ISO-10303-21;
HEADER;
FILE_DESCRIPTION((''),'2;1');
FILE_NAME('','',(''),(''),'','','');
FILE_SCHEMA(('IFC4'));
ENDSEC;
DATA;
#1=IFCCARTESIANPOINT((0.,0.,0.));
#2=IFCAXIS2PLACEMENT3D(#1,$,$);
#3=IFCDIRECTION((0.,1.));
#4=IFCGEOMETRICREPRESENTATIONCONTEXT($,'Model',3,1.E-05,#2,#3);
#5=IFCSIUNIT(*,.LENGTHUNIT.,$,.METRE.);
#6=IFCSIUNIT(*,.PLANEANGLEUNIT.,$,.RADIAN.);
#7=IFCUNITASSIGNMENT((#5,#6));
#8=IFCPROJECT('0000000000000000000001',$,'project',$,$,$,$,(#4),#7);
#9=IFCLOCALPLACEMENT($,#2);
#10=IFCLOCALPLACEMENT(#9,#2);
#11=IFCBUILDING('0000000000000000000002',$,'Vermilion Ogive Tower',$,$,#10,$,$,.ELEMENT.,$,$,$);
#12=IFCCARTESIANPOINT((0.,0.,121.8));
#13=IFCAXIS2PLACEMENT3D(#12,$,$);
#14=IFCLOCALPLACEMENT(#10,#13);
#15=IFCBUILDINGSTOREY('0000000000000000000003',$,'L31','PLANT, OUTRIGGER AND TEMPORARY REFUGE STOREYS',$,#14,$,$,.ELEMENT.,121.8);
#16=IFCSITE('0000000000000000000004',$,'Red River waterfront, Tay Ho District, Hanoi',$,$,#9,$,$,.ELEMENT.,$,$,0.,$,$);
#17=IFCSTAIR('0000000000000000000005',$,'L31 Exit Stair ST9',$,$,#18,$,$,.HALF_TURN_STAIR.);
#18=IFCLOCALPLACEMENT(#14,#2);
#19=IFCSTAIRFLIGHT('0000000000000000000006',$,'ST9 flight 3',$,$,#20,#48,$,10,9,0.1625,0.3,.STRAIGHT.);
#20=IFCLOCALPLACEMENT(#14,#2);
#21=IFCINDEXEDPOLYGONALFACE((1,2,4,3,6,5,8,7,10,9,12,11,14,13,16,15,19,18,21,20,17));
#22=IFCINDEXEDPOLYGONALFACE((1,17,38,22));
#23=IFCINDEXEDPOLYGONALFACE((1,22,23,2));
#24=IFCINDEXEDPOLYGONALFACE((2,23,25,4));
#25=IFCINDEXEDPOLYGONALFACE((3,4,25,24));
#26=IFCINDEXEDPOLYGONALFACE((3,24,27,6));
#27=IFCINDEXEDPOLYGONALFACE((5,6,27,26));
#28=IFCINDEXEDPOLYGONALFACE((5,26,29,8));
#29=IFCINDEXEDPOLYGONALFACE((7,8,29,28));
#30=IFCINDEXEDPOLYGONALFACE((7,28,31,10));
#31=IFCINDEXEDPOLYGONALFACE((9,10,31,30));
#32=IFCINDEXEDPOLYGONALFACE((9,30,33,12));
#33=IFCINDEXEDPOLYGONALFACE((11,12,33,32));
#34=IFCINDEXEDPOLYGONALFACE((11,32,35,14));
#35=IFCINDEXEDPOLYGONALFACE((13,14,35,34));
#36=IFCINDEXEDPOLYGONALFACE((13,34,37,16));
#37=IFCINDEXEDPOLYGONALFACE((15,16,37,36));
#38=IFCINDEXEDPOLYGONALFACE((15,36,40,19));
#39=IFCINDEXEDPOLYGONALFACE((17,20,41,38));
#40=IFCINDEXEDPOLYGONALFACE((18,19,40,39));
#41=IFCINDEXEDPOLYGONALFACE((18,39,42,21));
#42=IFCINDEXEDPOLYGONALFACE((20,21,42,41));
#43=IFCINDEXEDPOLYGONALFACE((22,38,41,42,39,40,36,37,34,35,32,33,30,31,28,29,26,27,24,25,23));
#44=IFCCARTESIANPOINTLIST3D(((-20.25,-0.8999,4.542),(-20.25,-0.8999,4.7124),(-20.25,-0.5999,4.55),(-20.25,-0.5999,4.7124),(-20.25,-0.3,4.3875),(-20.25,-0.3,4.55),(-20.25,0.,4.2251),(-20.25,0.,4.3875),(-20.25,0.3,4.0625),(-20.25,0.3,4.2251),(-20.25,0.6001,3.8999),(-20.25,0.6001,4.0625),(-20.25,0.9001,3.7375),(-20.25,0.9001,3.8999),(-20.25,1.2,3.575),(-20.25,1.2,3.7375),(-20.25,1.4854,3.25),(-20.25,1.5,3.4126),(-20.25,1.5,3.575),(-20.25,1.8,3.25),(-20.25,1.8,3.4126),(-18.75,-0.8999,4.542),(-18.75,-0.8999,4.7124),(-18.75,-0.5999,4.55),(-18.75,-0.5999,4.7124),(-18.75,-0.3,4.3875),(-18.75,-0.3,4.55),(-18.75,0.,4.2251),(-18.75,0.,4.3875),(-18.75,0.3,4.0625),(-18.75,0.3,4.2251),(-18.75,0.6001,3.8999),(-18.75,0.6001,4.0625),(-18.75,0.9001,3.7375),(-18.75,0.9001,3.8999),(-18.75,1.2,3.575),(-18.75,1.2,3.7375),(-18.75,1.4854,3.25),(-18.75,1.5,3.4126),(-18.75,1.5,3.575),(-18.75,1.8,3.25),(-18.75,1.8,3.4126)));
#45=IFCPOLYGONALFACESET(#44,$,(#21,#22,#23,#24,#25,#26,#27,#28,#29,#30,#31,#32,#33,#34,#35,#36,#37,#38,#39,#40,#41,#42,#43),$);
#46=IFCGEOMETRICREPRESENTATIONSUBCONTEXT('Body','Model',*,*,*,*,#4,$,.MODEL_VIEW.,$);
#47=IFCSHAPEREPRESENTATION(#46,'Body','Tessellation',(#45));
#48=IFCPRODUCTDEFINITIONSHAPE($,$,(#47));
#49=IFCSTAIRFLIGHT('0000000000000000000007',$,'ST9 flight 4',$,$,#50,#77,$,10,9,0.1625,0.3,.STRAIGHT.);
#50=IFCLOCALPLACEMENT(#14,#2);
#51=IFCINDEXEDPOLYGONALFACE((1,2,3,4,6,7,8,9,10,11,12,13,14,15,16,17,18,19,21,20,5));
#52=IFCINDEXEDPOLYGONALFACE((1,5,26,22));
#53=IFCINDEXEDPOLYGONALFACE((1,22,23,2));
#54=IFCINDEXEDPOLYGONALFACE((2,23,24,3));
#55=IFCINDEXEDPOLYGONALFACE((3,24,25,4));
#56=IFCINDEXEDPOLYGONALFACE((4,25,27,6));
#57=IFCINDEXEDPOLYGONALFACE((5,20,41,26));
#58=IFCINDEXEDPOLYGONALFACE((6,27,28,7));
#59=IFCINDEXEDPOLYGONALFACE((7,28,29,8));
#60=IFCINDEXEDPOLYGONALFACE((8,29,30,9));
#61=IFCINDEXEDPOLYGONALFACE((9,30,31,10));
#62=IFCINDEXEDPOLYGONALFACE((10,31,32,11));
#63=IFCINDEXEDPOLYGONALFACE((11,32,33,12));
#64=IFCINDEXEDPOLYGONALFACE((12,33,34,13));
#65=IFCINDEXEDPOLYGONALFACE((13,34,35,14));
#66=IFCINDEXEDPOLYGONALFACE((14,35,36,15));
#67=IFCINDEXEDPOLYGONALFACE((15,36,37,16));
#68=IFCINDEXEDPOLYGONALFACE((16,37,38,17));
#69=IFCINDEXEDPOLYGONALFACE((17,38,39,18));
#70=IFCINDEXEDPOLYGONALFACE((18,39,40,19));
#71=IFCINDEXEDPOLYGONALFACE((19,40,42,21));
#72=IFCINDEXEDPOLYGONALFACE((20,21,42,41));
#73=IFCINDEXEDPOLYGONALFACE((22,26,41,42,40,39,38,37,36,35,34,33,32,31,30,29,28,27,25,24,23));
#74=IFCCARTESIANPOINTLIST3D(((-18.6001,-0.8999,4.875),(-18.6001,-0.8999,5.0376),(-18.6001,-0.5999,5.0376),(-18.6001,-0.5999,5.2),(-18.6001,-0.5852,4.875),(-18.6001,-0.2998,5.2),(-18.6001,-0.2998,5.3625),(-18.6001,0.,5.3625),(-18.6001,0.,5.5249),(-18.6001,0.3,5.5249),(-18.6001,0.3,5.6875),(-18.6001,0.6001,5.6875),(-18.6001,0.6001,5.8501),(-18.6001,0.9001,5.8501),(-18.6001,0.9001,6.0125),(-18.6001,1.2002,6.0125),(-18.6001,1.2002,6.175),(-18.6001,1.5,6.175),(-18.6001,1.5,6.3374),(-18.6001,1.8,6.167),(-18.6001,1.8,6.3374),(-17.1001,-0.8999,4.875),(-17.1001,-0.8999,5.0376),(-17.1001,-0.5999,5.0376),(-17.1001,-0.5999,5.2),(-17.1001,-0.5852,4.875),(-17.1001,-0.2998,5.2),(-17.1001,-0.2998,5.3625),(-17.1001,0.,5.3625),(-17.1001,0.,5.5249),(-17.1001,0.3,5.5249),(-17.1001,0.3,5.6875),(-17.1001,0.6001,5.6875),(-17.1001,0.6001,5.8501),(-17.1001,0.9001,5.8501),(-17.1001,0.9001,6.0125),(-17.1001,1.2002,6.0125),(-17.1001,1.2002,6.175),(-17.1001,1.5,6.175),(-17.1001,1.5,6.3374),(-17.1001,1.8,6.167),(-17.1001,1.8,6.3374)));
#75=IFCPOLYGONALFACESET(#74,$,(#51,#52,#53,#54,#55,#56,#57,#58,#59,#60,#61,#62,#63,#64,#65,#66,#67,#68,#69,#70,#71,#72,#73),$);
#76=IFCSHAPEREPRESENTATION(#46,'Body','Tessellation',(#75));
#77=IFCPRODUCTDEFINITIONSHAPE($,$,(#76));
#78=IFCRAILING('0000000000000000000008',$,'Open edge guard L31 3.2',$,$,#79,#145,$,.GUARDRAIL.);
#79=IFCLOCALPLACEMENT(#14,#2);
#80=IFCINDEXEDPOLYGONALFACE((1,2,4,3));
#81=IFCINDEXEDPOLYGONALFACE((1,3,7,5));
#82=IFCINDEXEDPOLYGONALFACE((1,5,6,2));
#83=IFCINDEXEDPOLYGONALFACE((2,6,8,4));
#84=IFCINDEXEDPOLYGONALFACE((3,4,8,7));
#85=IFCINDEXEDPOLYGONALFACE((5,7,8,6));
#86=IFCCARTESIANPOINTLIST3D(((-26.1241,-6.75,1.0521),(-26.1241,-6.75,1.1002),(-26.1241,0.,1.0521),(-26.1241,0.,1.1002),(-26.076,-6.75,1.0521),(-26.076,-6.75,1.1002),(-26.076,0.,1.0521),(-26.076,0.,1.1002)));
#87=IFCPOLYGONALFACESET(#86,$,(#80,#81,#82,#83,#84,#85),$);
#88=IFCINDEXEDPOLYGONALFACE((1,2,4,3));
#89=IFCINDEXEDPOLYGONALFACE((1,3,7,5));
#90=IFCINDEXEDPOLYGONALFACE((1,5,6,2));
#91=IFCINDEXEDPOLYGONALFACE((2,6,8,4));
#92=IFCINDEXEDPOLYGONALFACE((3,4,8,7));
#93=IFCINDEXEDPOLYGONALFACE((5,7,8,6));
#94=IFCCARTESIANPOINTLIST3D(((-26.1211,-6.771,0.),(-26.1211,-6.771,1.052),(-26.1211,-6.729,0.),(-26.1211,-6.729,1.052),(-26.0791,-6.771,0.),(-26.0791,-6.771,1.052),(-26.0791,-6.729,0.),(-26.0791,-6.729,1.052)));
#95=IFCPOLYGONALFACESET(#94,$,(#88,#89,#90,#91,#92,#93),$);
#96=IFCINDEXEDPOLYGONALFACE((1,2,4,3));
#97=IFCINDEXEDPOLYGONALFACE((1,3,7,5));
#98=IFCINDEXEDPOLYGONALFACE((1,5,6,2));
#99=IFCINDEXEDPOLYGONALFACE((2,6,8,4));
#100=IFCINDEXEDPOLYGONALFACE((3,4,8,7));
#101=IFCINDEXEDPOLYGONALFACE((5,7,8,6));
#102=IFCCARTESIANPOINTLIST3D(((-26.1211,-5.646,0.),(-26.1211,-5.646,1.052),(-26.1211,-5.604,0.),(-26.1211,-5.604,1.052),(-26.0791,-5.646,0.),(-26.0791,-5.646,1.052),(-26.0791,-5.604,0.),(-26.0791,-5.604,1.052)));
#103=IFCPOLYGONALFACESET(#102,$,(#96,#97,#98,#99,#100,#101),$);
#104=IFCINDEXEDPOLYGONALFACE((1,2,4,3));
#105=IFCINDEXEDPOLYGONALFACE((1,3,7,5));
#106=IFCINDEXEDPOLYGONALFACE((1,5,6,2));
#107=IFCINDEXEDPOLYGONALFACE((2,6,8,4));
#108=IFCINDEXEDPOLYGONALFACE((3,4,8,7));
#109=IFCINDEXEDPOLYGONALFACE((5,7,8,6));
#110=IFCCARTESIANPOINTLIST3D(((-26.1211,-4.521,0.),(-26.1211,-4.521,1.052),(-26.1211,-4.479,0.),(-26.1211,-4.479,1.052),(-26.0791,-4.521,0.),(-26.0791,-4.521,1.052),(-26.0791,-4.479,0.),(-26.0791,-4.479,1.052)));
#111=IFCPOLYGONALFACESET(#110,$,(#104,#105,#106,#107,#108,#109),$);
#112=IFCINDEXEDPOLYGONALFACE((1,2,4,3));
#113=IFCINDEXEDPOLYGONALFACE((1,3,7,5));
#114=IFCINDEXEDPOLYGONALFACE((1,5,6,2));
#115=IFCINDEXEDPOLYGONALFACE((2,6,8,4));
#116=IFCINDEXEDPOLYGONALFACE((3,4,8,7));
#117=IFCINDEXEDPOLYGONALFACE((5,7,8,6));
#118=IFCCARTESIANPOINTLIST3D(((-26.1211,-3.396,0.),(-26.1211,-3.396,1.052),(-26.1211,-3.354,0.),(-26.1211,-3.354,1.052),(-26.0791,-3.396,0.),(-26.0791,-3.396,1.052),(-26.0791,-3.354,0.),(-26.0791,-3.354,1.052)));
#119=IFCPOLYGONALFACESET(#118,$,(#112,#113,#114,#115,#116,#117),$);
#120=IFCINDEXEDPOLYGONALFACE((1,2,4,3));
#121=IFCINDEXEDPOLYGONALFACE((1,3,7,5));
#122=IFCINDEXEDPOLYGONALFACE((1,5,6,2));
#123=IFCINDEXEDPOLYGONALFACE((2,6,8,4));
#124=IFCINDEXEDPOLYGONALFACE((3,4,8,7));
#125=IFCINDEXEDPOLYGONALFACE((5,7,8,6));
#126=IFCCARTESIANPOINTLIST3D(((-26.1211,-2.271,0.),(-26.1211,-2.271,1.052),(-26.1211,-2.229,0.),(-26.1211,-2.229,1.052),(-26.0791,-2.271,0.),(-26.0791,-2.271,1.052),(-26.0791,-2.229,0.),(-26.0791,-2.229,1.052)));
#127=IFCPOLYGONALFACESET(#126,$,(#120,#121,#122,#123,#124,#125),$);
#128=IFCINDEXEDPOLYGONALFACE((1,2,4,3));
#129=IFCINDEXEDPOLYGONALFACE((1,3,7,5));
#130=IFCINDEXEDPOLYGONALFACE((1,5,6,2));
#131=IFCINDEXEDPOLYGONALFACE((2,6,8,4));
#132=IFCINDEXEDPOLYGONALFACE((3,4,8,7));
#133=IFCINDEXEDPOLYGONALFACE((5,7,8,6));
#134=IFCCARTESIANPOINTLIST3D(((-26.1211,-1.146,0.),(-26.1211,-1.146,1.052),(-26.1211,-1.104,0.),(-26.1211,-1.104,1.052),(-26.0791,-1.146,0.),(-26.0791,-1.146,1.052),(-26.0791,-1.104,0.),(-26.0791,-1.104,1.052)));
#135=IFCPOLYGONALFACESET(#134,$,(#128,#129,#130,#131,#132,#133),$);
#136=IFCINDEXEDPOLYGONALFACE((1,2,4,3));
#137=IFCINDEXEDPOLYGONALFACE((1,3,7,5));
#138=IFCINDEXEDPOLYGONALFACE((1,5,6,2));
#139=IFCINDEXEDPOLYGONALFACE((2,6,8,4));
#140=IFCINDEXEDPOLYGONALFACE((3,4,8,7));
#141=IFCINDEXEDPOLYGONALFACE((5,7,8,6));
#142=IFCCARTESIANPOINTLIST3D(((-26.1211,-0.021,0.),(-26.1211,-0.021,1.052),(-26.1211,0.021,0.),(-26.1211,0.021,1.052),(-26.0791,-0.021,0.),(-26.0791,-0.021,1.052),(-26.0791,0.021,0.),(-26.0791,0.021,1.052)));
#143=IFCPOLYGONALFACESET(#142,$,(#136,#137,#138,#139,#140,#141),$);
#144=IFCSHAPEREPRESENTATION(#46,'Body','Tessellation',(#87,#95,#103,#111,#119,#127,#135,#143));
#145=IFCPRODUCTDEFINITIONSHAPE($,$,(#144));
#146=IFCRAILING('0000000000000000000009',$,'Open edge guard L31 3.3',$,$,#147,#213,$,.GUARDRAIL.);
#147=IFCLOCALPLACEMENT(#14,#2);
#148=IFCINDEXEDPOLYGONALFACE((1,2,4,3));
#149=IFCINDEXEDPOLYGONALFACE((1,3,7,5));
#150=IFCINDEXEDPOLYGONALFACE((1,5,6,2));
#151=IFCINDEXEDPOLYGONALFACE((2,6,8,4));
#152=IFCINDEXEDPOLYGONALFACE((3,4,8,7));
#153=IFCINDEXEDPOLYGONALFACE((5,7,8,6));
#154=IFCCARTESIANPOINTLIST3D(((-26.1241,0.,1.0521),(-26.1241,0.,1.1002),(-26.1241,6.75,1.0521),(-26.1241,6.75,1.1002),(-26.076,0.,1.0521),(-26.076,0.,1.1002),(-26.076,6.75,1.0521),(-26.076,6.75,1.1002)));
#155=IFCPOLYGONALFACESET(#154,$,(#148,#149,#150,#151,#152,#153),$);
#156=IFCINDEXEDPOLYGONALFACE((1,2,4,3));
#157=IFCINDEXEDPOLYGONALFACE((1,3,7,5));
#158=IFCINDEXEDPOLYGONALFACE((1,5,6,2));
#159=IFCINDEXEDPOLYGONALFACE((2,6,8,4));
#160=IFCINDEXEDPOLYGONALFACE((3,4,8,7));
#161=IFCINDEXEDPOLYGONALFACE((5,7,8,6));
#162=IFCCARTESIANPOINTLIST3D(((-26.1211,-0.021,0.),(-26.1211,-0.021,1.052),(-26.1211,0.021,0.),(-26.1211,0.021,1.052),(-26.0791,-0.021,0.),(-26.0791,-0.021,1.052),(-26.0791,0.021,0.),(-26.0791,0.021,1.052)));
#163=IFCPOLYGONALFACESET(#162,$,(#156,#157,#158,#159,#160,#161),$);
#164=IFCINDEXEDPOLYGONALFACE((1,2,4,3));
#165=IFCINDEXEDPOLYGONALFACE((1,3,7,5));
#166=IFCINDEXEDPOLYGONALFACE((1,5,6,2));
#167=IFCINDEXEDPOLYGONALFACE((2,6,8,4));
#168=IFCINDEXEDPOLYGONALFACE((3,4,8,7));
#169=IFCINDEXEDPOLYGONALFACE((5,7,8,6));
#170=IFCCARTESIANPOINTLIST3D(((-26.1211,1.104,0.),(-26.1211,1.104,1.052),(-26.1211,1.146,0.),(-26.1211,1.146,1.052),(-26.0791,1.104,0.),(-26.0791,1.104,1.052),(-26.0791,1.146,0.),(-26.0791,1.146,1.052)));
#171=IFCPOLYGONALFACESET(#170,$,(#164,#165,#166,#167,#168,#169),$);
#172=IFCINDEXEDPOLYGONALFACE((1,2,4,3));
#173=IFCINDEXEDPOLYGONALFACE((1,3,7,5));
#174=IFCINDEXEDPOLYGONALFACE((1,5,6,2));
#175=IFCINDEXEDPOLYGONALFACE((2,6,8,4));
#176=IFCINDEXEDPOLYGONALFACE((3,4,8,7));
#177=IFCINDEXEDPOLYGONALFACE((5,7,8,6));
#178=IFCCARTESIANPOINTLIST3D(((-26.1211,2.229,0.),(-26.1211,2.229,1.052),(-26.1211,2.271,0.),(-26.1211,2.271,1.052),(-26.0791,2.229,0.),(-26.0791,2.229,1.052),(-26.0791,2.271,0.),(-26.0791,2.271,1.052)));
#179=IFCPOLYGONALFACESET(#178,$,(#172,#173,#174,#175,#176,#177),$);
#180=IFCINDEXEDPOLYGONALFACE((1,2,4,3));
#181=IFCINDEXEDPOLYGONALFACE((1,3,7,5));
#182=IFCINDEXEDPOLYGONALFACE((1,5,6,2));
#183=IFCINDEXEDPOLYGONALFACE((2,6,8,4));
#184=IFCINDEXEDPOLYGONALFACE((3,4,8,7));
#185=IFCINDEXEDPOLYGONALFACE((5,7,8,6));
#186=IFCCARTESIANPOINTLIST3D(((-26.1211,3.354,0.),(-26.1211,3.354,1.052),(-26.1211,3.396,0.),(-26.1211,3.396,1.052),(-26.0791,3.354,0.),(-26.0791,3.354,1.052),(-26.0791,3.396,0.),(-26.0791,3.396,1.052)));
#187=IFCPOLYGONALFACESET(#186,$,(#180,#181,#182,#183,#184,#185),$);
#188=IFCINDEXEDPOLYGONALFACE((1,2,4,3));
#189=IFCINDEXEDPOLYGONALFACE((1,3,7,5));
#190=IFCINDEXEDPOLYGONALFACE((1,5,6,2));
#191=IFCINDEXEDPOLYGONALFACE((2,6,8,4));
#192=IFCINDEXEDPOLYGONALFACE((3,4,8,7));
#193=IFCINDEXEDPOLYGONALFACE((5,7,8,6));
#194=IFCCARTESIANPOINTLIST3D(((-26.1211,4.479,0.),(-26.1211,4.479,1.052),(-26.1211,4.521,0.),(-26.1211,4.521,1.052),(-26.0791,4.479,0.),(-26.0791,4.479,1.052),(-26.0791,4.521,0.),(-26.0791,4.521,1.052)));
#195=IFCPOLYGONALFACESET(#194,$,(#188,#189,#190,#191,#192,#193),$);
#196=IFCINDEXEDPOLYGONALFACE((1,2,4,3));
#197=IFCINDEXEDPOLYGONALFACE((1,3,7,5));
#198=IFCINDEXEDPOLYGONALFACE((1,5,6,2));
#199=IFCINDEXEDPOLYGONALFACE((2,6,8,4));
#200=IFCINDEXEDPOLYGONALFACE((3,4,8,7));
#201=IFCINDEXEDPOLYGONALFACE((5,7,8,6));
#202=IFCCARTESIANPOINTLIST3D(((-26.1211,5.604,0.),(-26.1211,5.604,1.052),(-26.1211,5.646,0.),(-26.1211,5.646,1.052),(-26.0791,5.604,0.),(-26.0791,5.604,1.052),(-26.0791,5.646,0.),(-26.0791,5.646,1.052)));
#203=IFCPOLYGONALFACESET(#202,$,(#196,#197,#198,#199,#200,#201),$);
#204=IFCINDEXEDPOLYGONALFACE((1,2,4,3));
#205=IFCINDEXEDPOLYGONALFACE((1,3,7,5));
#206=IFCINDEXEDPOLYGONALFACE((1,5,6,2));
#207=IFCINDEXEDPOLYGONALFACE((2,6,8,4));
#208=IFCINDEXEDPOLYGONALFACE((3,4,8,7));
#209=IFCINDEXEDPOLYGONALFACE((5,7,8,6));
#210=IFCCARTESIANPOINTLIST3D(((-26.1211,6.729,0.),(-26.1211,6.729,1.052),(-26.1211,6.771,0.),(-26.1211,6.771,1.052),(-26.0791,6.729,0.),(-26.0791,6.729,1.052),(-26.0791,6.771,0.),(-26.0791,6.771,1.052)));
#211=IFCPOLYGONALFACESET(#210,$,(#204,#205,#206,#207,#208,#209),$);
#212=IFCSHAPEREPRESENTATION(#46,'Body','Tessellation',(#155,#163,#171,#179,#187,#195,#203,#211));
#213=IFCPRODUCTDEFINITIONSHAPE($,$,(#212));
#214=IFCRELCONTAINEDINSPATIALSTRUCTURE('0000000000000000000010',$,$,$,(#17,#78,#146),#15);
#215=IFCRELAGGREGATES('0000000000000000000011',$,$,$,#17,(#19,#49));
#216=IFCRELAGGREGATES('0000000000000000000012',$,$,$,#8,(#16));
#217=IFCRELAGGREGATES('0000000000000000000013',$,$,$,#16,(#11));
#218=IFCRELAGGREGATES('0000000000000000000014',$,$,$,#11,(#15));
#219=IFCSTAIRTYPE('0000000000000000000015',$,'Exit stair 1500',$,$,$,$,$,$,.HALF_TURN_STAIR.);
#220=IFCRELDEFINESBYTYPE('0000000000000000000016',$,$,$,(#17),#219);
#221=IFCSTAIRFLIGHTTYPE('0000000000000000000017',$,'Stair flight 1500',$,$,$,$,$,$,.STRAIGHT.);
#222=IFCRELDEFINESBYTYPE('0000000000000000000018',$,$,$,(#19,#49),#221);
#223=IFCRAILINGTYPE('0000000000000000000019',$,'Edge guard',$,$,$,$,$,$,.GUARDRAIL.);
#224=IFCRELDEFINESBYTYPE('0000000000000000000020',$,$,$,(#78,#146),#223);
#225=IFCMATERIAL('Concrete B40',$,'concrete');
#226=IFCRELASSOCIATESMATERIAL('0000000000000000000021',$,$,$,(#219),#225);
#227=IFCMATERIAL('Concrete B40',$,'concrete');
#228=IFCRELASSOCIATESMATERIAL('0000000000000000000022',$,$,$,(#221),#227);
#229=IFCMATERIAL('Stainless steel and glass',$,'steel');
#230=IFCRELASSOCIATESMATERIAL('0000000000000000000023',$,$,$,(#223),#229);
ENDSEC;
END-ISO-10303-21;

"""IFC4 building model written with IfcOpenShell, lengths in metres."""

from ifc_helpers import new_model, si_unit, direction, frame, origin, origin_2d, place, context, subcontext, project, spatial, polyline, rectangle, outline, extrude, material, type_object, element, aggregate, save


model = new_model("IFC4")

# Units and contexts
model_context = context("Model", 3, precision=1e-05, world=origin(), true_north=direction((0.0, 1.0)))
body_context = subcontext(model_context, "Body", "Model", "MODEL_VIEW")
ifc_project = project(units=[si_unit("LENGTHUNIT", "METRE"), si_unit("PLANEANGLEUNIT", "RADIAN")], contexts=[model_context])

# Site, building, storey
site_placement = place(None, origin())
site = spatial("IfcSite", under=ifc_project, at=site_placement, Name="Red River waterfront, Tay Ho District, Hanoi", CompositionType="ELEMENT", RefElevation=0.0)
building_placement = place(site_placement, origin())
building = spatial("IfcBuilding", under=site, at=building_placement, Name="Vermilion Ogive Tower", CompositionType="ELEMENT")
storey_placement = place(building_placement, frame((0.0, 0.0, 121.8)))
storey = spatial("IfcBuildingStorey", under=building, at=storey_placement, Name="L31", Description="PLANT, OUTRIGGER AND TEMPORARY REFUGE STOREYS", CompositionType="ELEMENT", Elevation=121.8)

# Stair, stair flights
ifc_material_1 = material(Name="Concrete B40", Category="concrete")
stair_type = type_object("IfcStairType", Name="Exit stair 1500", PredefinedType="HALF_TURN_STAIR", material=ifc_material_1)
stair_placement = place(storey_placement, origin())
stair = element("IfcStair", 1, at=stair_placement, inside=storey, type_object=stair_type, Name="L31 Exit Stair ST9", PredefinedType="HALF_TURN_STAIR")
ifc_material_2 = material(Name="Concrete B40", Category="concrete")
stair_flight_type = type_object("IfcStairFlightType", Name="Stair flight 1500", PredefinedType="STRAIGHT", material=ifc_material_2)
stair_flight_1_placement = place(storey_placement, frame((-19.5, 1.8, 3.25), z_axis=(0.0, 0.0, 1.0), x_axis=(0.0, -1.0, 0.0)))
stair_flight_1 = element("IfcStairFlight", 2, at=stair_flight_1_placement, type_object=stair_flight_type, Name="ST9 flight 3", NumberOfRisers=10, NumberOfTreads=9, PredefinedType="STRAIGHT", RiserHeight=0.1625, TreadLength=0.3, context=body_context, shape_type="SweptSolid", body=[
    extrude(outline(polyline([(0.0, 0.0), (0.0, 0.1626), (0.3, 0.1626), (0.3, 0.325), (0.6001, 0.325), (0.6001, 0.4875), (0.8999, 0.4875), (0.8999, 0.6499), (1.2, 0.6499), (1.2, 0.8125), (1.5, 0.8125), (1.5, 0.9751), (1.8, 0.9751), (1.8, 1.1375), (2.1001, 1.1375), (2.1001, 1.3), (2.3999, 1.3), (2.3999, 1.4624), (2.7, 1.4624), (2.7, 1.625), (2.7, 1.292), (0.3147, 0.0), (0.0, 0.0)])), frame((0.0, 0.75, 0.0), z_axis=(0.0, -1.0, 0.0), x_axis=(1.0, 0.0, 0.0)), (0.0, 0.0, 1.0), 1.5),
])
stair_flight_2_placement = place(storey_placement, frame((-17.8501, -0.8999, 4.875), z_axis=(0.0, 0.0, 1.0), x_axis=(0.0, 1.0, 0.0)))
stair_flight_2 = element("IfcStairFlight", 3, at=stair_flight_2_placement, type_object=stair_flight_type, Name="ST9 flight 4", NumberOfRisers=10, NumberOfTreads=9, PredefinedType="STRAIGHT", RiserHeight=0.1625, TreadLength=0.3, context=body_context, shape_type="SweptSolid", body=[
    extrude(outline(polyline([(0.0, 0.0), (0.0, 0.1626), (0.3, 0.1626), (0.3, 0.325), (0.6001, 0.325), (0.6001, 0.4875), (0.8999, 0.4875), (0.8999, 0.6499), (1.2, 0.6499), (1.2, 0.8125), (1.5, 0.8125), (1.5, 0.9751), (1.8, 0.9751), (1.8, 1.1375), (2.1001, 1.1375), (2.1001, 1.3), (2.3999, 1.3), (2.3999, 1.4624), (2.7, 1.4624), (2.7, 1.625), (2.7, 1.292), (0.3147, 0.0), (0.0, 0.0)])), frame((0.0, 0.75, 0.0), z_axis=(0.0, -1.0, 0.0), x_axis=(1.0, 0.0, 0.0)), (0.0, 0.0, 1.0), 1.5),
])
aggregate(stair, [stair_flight_1, stair_flight_2])

# Railings
ifc_material_3 = material(Name="Stainless steel and glass", Category="steel")
railing_type_1 = type_object("IfcRailingType", Name="Edge guard", PredefinedType="GUARDRAIL", material=ifc_material_3)
for number, where, name in (
    (4, (-26.1001, -6.75, 0.0), "Open edge guard L31 3.2"),
    (5, (-26.1001, 0.0, 0.0), "Open edge guard L31 3.3"),
):
    element("IfcRailing", number, at=place(storey_placement, frame(where)), inside=storey, type_object=railing_type_1, Name=name, PredefinedType="GUARDRAIL", context=body_context, shape_type="SweptSolid", body=[
        extrude(rectangle(XDim=0.0481, YDim=0.0481, at=origin_2d()), frame((0.0, 0.0, 1.0762), z_axis=(0.0, 1.0, 0.0), x_axis=(-1.0, 0.0, 0.0)), (0.0, 0.0, 1.0), 6.75),
        extrude(rectangle(XDim=0.042, YDim=0.042, at=origin_2d()), origin(), (0.0, 0.0, 1.0), 1.052),
        extrude(rectangle(XDim=0.042, YDim=0.042, at=origin_2d()), frame((0.0, 1.125, 0.0)), (0.0, 0.0, 1.0), 1.052),
        extrude(rectangle(XDim=0.042, YDim=0.042, at=origin_2d()), frame((0.0, 2.25, 0.0)), (0.0, 0.0, 1.0), 1.052),
        extrude(rectangle(XDim=0.042, YDim=0.042, at=origin_2d()), frame((0.0, 3.375, 0.0)), (0.0, 0.0, 1.0), 1.052),
        extrude(rectangle(XDim=0.042, YDim=0.042, at=origin_2d()), frame((0.0, 4.5, 0.0)), (0.0, 0.0, 1.0), 1.052),
        extrude(rectangle(XDim=0.042, YDim=0.042, at=origin_2d()), frame((0.0, 5.625, 0.0)), (0.0, 0.0, 1.0), 1.052),
        extrude(rectangle(XDim=0.042, YDim=0.042, at=origin_2d()), frame((0.0, 6.75, 0.0)), (0.0, 0.0, 1.0), 1.052),
    ])

save(model, "model.ifc")
